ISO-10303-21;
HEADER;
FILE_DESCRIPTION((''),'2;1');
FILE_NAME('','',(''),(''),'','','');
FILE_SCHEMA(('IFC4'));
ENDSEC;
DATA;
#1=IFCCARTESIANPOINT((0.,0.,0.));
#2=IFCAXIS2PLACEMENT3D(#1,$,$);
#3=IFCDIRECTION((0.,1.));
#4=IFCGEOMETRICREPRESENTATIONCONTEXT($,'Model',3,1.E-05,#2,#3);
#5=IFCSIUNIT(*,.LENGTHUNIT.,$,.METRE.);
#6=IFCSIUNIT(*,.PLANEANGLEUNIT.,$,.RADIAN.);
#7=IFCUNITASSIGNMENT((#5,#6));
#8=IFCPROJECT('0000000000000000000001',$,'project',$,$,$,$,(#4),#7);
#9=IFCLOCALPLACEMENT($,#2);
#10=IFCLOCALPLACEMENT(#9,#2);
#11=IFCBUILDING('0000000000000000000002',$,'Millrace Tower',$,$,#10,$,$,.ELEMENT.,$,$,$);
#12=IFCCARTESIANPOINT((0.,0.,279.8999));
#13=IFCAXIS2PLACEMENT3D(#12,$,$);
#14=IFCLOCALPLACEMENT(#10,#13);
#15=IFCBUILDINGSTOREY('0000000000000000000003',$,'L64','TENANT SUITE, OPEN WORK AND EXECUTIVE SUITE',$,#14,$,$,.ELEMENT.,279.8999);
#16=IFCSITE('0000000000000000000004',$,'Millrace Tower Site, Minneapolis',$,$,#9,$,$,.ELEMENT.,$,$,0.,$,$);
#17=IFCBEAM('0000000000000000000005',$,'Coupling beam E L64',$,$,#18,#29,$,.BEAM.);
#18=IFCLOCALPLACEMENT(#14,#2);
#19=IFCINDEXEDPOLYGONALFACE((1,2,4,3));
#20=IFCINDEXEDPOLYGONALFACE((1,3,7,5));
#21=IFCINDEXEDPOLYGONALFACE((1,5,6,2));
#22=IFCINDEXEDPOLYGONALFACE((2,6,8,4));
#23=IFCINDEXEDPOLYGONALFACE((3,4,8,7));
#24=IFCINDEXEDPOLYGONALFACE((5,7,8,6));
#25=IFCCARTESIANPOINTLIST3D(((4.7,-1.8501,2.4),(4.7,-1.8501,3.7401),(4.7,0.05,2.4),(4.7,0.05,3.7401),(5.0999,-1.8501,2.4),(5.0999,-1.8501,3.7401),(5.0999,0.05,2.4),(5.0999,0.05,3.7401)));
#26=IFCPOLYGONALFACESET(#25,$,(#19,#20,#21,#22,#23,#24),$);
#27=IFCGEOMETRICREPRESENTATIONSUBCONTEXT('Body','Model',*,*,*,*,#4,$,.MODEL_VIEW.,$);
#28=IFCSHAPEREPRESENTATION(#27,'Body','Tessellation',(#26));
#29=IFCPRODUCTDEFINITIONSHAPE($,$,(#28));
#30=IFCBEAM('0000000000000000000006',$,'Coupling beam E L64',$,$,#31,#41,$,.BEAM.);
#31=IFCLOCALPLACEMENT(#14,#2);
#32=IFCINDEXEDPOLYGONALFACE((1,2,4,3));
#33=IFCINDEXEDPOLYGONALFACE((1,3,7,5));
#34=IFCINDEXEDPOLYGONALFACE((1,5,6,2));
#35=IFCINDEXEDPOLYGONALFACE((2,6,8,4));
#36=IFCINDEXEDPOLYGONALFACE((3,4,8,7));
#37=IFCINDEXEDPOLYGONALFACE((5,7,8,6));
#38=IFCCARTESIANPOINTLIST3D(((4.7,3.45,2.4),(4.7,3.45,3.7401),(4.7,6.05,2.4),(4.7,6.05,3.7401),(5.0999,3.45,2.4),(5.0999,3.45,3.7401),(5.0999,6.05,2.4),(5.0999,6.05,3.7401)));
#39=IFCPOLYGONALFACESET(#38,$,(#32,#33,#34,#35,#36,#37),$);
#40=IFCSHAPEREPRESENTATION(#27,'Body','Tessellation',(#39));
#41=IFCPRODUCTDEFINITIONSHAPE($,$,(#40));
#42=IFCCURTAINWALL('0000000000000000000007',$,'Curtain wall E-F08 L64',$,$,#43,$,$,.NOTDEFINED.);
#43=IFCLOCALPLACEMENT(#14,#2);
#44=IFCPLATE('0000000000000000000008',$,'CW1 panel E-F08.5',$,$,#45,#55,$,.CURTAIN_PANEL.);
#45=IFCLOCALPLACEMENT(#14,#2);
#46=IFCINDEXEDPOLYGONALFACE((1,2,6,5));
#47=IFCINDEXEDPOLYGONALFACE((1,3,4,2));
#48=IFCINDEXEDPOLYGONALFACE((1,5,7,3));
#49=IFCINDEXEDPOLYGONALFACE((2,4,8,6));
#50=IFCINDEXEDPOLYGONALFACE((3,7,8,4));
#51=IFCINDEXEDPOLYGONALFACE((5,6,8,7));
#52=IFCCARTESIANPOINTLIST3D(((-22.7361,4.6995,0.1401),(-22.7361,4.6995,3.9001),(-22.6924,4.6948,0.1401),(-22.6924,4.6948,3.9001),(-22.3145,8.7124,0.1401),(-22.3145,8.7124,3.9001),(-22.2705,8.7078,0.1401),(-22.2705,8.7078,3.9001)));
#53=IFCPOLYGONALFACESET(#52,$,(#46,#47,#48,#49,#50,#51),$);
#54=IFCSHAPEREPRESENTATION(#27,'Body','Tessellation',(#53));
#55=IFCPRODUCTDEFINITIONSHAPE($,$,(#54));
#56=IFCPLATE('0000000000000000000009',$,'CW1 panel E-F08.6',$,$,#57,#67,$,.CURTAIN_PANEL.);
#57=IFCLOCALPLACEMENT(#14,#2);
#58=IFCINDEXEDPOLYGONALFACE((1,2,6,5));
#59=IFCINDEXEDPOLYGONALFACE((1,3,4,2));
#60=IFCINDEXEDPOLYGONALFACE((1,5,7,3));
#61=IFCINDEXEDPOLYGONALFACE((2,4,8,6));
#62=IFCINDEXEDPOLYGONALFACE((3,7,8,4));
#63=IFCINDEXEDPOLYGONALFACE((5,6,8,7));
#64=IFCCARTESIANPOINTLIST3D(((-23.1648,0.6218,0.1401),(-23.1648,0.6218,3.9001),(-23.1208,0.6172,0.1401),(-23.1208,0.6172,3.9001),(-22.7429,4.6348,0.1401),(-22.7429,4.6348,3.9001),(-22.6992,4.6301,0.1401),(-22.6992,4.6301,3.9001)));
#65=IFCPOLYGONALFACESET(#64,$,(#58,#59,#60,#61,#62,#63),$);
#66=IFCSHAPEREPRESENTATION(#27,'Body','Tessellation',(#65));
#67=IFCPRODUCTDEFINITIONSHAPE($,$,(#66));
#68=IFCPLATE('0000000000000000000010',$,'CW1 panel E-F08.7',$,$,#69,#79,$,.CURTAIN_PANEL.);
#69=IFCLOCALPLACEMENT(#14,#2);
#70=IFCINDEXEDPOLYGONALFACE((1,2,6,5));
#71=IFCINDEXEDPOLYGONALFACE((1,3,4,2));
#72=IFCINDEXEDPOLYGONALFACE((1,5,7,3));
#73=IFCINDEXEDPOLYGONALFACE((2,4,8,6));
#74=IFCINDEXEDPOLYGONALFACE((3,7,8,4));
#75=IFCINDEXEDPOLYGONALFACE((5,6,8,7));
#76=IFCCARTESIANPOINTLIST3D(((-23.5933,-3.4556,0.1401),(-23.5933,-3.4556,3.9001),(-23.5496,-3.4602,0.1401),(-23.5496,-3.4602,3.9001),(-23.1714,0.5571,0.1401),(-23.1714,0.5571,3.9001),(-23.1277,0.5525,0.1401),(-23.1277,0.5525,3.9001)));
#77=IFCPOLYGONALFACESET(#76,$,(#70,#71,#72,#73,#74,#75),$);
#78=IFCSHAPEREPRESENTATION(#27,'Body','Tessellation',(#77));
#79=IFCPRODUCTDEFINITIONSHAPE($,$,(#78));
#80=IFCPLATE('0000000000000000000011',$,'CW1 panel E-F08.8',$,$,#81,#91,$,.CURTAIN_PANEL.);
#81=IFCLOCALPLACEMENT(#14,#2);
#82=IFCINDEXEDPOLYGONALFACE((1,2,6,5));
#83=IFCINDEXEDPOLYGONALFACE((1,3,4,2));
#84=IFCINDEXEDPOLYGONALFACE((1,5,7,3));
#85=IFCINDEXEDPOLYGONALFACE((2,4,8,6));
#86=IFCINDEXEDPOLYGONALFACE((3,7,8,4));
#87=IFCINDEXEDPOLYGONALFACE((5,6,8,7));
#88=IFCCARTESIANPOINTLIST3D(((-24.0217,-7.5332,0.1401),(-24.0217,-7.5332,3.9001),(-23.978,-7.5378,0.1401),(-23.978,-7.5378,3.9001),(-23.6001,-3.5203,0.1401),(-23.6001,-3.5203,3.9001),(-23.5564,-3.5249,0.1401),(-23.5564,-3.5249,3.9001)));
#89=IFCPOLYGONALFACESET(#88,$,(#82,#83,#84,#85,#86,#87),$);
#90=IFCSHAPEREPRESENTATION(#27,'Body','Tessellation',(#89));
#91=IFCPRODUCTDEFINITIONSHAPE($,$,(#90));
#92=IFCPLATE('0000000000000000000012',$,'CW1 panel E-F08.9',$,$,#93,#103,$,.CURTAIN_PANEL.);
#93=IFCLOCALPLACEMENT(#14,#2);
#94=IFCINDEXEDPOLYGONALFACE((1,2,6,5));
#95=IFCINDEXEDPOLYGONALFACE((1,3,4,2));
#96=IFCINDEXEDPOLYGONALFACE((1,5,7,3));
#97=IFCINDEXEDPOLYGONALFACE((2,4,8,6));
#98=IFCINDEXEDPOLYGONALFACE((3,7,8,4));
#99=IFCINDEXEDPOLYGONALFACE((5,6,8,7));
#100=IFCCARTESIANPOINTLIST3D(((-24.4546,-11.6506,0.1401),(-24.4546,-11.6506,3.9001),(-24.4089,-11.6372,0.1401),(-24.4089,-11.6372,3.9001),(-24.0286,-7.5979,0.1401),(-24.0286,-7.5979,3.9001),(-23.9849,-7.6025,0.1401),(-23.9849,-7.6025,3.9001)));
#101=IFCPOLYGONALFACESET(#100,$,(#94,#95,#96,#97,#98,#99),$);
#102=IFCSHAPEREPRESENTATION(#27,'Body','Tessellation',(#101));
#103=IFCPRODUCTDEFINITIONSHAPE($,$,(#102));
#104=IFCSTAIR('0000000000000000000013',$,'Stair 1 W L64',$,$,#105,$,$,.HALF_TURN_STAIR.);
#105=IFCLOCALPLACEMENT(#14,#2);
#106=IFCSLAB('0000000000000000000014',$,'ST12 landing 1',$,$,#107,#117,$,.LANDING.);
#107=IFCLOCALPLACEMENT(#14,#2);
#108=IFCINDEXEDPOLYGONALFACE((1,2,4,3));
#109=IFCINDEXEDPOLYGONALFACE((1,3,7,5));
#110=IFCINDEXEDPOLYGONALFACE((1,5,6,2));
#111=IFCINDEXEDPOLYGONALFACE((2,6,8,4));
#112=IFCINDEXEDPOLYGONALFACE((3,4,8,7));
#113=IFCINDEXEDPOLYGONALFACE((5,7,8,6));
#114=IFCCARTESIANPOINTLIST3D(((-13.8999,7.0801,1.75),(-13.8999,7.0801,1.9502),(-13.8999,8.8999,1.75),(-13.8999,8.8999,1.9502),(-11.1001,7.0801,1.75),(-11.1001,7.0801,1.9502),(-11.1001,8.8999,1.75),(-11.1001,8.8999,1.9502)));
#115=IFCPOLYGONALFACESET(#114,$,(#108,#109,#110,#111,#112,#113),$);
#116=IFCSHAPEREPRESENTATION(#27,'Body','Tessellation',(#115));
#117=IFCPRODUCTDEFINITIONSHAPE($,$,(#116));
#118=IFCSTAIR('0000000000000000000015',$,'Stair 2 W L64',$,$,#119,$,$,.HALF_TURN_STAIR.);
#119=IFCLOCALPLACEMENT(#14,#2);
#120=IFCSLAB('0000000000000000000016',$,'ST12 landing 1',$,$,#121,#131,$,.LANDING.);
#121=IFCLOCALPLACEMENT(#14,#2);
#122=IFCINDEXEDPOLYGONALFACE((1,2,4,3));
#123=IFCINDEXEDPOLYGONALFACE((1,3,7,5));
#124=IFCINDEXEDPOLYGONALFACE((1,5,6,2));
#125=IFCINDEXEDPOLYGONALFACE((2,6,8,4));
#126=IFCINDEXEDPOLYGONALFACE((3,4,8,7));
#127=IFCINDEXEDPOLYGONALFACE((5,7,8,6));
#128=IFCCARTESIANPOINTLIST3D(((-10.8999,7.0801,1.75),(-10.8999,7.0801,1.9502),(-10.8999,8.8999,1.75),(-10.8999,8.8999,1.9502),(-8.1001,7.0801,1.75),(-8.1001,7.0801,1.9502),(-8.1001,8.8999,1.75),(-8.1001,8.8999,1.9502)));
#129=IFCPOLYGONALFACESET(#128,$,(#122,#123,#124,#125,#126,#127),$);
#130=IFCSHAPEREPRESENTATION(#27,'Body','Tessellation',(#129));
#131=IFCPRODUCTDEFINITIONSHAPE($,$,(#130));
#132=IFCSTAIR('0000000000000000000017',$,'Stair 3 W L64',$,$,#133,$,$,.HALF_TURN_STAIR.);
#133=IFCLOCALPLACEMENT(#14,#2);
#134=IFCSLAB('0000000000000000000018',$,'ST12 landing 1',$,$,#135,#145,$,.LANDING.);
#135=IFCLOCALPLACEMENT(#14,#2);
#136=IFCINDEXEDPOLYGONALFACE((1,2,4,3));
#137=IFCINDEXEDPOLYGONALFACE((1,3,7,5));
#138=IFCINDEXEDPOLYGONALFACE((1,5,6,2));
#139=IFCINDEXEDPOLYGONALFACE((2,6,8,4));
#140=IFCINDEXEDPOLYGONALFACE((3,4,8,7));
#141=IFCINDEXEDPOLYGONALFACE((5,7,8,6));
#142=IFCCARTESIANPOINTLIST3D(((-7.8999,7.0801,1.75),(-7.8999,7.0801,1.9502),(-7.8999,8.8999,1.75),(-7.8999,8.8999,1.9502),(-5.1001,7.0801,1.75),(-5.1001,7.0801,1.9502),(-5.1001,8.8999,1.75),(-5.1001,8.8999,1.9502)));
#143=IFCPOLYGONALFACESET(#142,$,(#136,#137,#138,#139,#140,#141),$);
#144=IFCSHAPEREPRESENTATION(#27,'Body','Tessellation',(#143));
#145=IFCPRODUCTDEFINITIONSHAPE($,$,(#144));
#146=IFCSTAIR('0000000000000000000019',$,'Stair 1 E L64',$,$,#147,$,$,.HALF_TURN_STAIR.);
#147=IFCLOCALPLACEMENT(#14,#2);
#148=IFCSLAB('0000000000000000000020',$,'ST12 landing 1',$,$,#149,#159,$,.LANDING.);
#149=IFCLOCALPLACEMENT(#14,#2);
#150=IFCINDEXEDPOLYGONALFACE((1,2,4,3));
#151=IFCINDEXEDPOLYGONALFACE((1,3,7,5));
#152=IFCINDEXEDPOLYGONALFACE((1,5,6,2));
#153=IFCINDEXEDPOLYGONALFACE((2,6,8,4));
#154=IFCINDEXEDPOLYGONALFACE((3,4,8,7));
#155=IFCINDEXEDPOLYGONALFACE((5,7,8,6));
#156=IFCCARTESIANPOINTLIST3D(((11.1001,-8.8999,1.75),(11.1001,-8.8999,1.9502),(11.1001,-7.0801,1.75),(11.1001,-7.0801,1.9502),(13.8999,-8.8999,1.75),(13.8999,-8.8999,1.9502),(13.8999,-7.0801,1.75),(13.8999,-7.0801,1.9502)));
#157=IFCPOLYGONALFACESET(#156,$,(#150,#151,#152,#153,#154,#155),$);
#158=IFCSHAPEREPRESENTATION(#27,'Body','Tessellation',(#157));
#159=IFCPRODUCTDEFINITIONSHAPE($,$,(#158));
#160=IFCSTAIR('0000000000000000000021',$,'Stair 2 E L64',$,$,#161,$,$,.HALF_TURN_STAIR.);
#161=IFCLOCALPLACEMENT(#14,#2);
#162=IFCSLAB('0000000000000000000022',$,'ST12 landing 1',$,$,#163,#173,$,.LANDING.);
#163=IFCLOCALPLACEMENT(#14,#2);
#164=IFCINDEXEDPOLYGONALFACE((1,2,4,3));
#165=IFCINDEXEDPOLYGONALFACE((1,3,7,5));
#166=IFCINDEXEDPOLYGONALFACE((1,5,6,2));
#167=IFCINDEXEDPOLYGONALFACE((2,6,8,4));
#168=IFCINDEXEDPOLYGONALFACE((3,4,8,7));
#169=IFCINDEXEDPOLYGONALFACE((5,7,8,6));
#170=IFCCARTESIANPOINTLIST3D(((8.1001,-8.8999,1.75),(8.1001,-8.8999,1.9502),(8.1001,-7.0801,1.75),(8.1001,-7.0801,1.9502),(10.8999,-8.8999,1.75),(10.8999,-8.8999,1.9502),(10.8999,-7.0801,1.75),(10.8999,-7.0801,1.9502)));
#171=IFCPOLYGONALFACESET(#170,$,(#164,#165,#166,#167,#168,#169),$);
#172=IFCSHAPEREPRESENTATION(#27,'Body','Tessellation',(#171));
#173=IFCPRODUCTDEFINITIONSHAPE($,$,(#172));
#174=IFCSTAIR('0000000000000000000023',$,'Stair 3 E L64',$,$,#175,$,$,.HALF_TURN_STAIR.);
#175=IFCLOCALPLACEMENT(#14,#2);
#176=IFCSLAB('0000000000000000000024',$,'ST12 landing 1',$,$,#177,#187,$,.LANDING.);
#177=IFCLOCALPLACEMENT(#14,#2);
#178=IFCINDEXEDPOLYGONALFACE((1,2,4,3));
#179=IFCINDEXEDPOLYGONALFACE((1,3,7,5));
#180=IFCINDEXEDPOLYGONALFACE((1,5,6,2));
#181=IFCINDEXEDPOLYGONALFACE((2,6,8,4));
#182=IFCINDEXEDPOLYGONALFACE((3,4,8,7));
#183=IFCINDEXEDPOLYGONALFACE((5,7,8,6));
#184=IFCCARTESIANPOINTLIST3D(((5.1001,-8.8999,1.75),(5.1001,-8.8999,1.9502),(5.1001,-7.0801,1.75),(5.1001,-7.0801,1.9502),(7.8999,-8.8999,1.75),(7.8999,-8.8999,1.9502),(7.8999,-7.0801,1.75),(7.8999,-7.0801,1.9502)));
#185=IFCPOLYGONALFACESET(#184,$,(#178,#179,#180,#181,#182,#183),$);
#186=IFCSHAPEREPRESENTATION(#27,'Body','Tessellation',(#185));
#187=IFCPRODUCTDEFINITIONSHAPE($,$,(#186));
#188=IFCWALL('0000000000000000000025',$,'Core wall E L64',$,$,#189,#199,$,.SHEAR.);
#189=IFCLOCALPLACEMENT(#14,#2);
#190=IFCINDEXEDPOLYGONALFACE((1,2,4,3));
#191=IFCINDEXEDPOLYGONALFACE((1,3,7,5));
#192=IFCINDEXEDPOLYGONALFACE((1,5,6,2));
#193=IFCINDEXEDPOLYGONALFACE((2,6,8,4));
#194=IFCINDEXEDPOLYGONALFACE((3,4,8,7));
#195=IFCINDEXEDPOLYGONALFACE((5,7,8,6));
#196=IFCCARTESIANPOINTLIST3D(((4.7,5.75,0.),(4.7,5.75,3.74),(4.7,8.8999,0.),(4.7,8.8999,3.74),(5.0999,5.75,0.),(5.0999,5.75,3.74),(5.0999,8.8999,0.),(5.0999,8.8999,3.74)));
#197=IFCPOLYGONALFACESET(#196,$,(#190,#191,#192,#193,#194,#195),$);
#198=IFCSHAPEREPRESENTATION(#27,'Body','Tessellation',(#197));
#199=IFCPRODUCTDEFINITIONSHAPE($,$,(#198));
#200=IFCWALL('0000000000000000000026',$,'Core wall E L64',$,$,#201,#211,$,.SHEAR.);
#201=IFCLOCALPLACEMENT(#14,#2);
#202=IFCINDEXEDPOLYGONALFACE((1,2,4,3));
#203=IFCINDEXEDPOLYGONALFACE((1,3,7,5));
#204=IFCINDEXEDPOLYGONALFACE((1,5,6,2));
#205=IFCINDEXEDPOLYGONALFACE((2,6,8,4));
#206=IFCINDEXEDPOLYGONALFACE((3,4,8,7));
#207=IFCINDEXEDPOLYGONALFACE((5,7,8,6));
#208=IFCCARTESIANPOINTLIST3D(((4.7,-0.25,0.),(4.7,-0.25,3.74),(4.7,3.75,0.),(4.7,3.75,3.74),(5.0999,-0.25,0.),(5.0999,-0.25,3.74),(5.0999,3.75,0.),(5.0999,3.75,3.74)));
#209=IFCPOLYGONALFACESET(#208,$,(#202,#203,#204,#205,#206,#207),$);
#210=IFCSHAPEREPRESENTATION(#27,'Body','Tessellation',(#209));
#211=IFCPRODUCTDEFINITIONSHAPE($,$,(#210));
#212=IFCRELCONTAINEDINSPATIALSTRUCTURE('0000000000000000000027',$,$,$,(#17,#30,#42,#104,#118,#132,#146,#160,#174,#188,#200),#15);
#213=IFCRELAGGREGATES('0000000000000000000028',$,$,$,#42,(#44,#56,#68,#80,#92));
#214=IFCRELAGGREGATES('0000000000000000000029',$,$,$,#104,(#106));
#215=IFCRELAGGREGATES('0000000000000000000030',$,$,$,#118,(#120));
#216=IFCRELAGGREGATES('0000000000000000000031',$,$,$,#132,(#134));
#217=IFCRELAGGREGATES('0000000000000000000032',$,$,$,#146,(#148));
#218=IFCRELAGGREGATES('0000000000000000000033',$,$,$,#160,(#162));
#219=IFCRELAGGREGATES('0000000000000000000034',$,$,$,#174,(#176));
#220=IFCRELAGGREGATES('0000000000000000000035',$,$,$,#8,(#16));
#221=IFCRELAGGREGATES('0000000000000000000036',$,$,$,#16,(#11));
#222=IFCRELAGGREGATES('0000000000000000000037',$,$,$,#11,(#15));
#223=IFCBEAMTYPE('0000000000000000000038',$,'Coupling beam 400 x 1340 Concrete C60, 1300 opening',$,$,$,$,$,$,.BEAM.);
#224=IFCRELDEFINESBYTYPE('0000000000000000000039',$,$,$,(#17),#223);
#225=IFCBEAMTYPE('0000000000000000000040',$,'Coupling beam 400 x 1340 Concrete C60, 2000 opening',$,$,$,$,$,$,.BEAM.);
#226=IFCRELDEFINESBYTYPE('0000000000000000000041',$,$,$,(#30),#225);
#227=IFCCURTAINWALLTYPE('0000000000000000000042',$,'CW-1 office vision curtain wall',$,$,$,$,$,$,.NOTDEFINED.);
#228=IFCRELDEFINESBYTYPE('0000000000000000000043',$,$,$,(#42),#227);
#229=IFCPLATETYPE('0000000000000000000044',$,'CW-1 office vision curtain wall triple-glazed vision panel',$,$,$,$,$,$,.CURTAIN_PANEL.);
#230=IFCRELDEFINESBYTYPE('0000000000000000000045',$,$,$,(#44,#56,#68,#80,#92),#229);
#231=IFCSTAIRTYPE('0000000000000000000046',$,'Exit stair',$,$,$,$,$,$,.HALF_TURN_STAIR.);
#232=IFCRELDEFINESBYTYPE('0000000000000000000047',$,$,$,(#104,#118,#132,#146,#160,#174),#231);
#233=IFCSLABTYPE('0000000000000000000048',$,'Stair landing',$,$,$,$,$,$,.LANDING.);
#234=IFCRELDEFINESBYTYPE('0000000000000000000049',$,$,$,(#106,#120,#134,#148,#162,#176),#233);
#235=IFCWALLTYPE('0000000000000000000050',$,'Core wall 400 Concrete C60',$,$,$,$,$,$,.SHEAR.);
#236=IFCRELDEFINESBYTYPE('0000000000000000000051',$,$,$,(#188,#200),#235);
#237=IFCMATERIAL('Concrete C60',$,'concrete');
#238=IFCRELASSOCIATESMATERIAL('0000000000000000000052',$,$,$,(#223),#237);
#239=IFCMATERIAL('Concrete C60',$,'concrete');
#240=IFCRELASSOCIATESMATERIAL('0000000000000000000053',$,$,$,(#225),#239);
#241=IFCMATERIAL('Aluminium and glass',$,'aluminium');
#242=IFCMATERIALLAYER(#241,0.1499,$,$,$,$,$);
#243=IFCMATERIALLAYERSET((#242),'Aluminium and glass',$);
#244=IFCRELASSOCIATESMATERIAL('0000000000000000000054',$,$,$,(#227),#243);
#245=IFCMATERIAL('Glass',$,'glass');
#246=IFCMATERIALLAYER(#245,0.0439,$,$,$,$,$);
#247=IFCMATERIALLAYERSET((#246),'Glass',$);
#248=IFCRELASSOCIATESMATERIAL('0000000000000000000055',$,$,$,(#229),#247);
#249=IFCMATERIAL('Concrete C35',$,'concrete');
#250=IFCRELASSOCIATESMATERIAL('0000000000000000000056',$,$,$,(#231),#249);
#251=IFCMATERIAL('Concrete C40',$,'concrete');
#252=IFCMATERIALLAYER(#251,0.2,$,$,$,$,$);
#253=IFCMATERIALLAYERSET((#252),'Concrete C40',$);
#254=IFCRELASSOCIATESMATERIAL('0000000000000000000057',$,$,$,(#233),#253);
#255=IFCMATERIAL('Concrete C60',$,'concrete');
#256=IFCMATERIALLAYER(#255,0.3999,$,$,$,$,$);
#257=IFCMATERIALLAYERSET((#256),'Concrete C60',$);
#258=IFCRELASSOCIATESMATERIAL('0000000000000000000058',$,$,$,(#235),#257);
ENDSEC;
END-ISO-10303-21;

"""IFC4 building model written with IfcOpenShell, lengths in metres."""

from ifc_helpers import new_model, si_unit, direction, frame, frame_2d, origin, origin_2d, place, context, subcontext, project, spatial, polyline, rectangle, outline, extrude, material, layer, layer_set, material_profile, profile_set, type_object, element, aggregate, save


model = new_model("IFC4")

# Units and contexts
model_context = context("Model", 3, precision=1e-05, world=origin(), true_north=direction((0.0, 1.0)))
body_context = subcontext(model_context, "Body", "Model", "MODEL_VIEW")
ifc_project = project(units=[si_unit("LENGTHUNIT", "METRE"), si_unit("PLANEANGLEUNIT", "RADIAN")], contexts=[model_context])

# Site, building, storey
site_placement = place(None, origin())
site = spatial("IfcSite", under=ifc_project, at=site_placement, Name="Millrace Tower Site, Minneapolis", CompositionType="ELEMENT", RefElevation=0.0)
building_placement = place(site_placement, origin())
building = spatial("IfcBuilding", under=site, at=building_placement, Name="Millrace Tower", CompositionType="ELEMENT")
storey_placement = place(building_placement, frame((0.0, 0.0, 279.8999)))
storey = spatial("IfcBuildingStorey", under=building, at=storey_placement, Name="L64", Description="TENANT SUITE, OPEN WORK AND EXECUTIVE SUITE", CompositionType="ELEMENT", Elevation=279.8999)

# Beams
ifc_material_1 = material(Name="Concrete C60", Category="concrete")
ifc_material_profile_1 = material_profile(ifc_material_1, rectangle(XDim=0.3999, YDim=1.3401, at=origin_2d()))
ifc_profile_set_1 = profile_set([ifc_material_profile_1], Name="Concrete C60")
beam_type_1 = type_object("IfcBeamType", Name="Coupling beam 400 x 1340 Concrete C60, 1300 opening", PredefinedType="BEAM", material=ifc_profile_set_1)
beam_1_placement = place(storey_placement, frame((4.8999, 0.05, 3.0701), z_axis=(0.0, -1.0, 0.0), x_axis=(1.0, 0.0, 0.0)))
element("IfcBeam", 1, at=beam_1_placement, inside=storey, type_object=beam_type_1, Name="Coupling beam E L64", PredefinedType="BEAM", context=body_context, shape_type="SweptSolid", body=[
    extrude(rectangle(XDim=0.3999, YDim=1.3401, at=origin_2d()), origin(), (0.0, 0.0, 1.0), 1.9001),
])
ifc_material_2 = material(Name="Concrete C60", Category="concrete")
ifc_material_profile_2 = material_profile(ifc_material_2, rectangle(XDim=0.3999, YDim=1.3401, at=origin_2d()))
ifc_profile_set_2 = profile_set([ifc_material_profile_2], Name="Concrete C60")
beam_type_2 = type_object("IfcBeamType", Name="Coupling beam 400 x 1340 Concrete C60, 2000 opening", PredefinedType="BEAM", material=ifc_profile_set_2)
beam_2_placement = place(storey_placement, frame((4.8999, 6.05, 3.0701), z_axis=(0.0, -1.0, 0.0), x_axis=(1.0, 0.0, 0.0)))
element("IfcBeam", 2, at=beam_2_placement, inside=storey, type_object=beam_type_2, Name="Coupling beam E L64", PredefinedType="BEAM", context=body_context, shape_type="SweptSolid", body=[
    extrude(rectangle(XDim=0.3999, YDim=1.3401, at=origin_2d()), origin(), (0.0, 0.0, 1.0), 2.6001),
])

# Curtain wall, plates
ifc_material_3 = material(Name="Aluminium and glass", Category="aluminium")
ifc_layer_1 = layer(ifc_material_3, 0.1499)
ifc_layer_set_1 = layer_set([ifc_layer_1], Name="Aluminium and glass")
curtain_wall_type = type_object("IfcCurtainWallType", Name="CW-1 office vision curtain wall", PredefinedType="NOTDEFINED", material=ifc_layer_set_1)
placement_1 = place(storey_placement, origin())
curtain_wall = element("IfcCurtainWall", 3, at=placement_1, inside=storey, type_object=curtain_wall_type, Name="Curtain wall E-F08 L64", PredefinedType="NOTDEFINED")
ifc_material_4 = material(Name="Glass", Category="glass")
ifc_layer_2 = layer(ifc_material_4, 0.0439)
ifc_layer_set_2 = layer_set([ifc_layer_2], Name="Glass")
plate_type = type_object("IfcPlateType", Name="CW-1 office vision curtain wall triple-glazed vision panel", PredefinedType="CURTAIN_PANEL", material=ifc_layer_set_2)
placement_2 = place(storey_placement, frame((0.0, 0.0, 0.1401)))
plate_1 = element("IfcPlate", 4, at=placement_2, type_object=plate_type, Name="CW1 panel E-F08.5", PredefinedType="CURTAIN_PANEL", context=body_context, shape_type="SweptSolid", body=[
    extrude(outline(polyline([(-22.3145, 8.7124), (-22.7361, 4.6995), (-22.6924, 4.6948), (-22.2705, 8.7078), (-22.3145, 8.7124)])), origin(), (0.0, 0.0, 1.0), 3.76),
])
plate_2 = element("IfcPlate", 5, at=placement_2, type_object=plate_type, Name="CW1 panel E-F08.6", PredefinedType="CURTAIN_PANEL", context=body_context, shape_type="SweptSolid", body=[
    extrude(outline(polyline([(-22.7429, 4.6348), (-23.1648, 0.6218), (-23.1208, 0.6172), (-22.6992, 4.6301), (-22.7429, 4.6348)])), origin(), (0.0, 0.0, 1.0), 3.76),
])
plate_3 = element("IfcPlate", 6, at=placement_2, type_object=plate_type, Name="CW1 panel E-F08.7", PredefinedType="CURTAIN_PANEL", context=body_context, shape_type="SweptSolid", body=[
    extrude(outline(polyline([(-23.1714, 0.5571), (-23.5933, -3.4556), (-23.5496, -3.4602), (-23.1277, 0.5525), (-23.1714, 0.5571)])), origin(), (0.0, 0.0, 1.0), 3.76),
])
plate_4 = element("IfcPlate", 7, at=placement_2, type_object=plate_type, Name="CW1 panel E-F08.8", PredefinedType="CURTAIN_PANEL", context=body_context, shape_type="SweptSolid", body=[
    extrude(outline(polyline([(-23.6001, -3.5203), (-24.0217, -7.5332), (-23.978, -7.5378), (-23.5564, -3.5249), (-23.6001, -3.5203)])), origin(), (0.0, 0.0, 1.0), 3.76),
])
plate_5 = element("IfcPlate", 8, at=placement_2, type_object=plate_type, Name="CW1 panel E-F08.9", PredefinedType="CURTAIN_PANEL", context=body_context, shape_type="SweptSolid", body=[
    extrude(outline(polyline([(-24.0286, -7.5979), (-24.4546, -11.6506), (-24.4089, -11.6372), (-23.9849, -7.6025), (-24.0286, -7.5979)])), origin(), (0.0, 0.0, 1.0), 3.76),
])
aggregate(curtain_wall, [plate_1, plate_2, plate_3, plate_4, plate_5])

# Stairs, slabs
ifc_material_5 = material(Name="Concrete C35", Category="concrete")
stair_type = type_object("IfcStairType", Name="Exit stair", PredefinedType="HALF_TURN_STAIR", material=ifc_material_5)
stair_1 = element("IfcStair", 9, at=placement_1, inside=storey, type_object=stair_type, Name="Stair 1 W L64", PredefinedType="HALF_TURN_STAIR")
ifc_material_6 = material(Name="Concrete C40", Category="concrete")
ifc_layer_3 = layer(ifc_material_6, 0.2)
ifc_layer_set_3 = layer_set([ifc_layer_3], Name="Concrete C40")
slab_type = type_object("IfcSlabType", Name="Stair landing", PredefinedType="LANDING", material=ifc_layer_set_3)
placement_3 = place(storey_placement, frame((0.0, 0.0, 1.75)))
slab_1 = element("IfcSlab", 10, at=placement_3, type_object=slab_type, Name="ST12 landing 1", PredefinedType="LANDING", context=body_context, shape_type="SweptSolid", body=[
    extrude(outline(polyline([(-13.8999, 7.0801), (-11.1001, 7.0801), (-11.1001, 8.8999), (-13.8999, 8.8999), (-13.8999, 7.0801)])), origin(), (0.0, 0.0, 1.0), 0.2002),
])
aggregate(stair_1, [slab_1])
stair_2 = element("IfcStair", 11, at=placement_1, inside=storey, type_object=stair_type, Name="Stair 2 W L64", PredefinedType="HALF_TURN_STAIR")
slab_2 = element("IfcSlab", 12, at=placement_3, type_object=slab_type, Name="ST12 landing 1", PredefinedType="LANDING", context=body_context, shape_type="SweptSolid", body=[
    extrude(outline(polyline([(-10.8999, 7.0801), (-8.1001, 7.0801), (-8.1001, 8.8999), (-10.8999, 8.8999), (-10.8999, 7.0801)])), origin(), (0.0, 0.0, 1.0), 0.2002),
])
aggregate(stair_2, [slab_2])
stair_3 = element("IfcStair", 13, at=placement_1, inside=storey, type_object=stair_type, Name="Stair 3 W L64", PredefinedType="HALF_TURN_STAIR")
slab_3 = element("IfcSlab", 14, at=placement_3, type_object=slab_type, Name="ST12 landing 1", PredefinedType="LANDING", context=body_context, shape_type="SweptSolid", body=[
    extrude(outline(polyline([(-7.8999, 7.0801), (-5.1001, 7.0801), (-5.1001, 8.8999), (-7.8999, 8.8999), (-7.8999, 7.0801)])), origin(), (0.0, 0.0, 1.0), 0.2002),
])
aggregate(stair_3, [slab_3])
stair_4 = element("IfcStair", 15, at=placement_1, inside=storey, type_object=stair_type, Name="Stair 1 E L64", PredefinedType="HALF_TURN_STAIR")
slab_4 = element("IfcSlab", 16, at=placement_3, type_object=slab_type, Name="ST12 landing 1", PredefinedType="LANDING", context=body_context, shape_type="SweptSolid", body=[
    extrude(outline(polyline([(11.1001, -8.8999), (13.8999, -8.8999), (13.8999, -7.0801), (11.1001, -7.0801), (11.1001, -8.8999)])), origin(), (0.0, 0.0, 1.0), 0.2002),
])
aggregate(stair_4, [slab_4])
stair_5 = element("IfcStair", 17, at=placement_1, inside=storey, type_object=stair_type, Name="Stair 2 E L64", PredefinedType="HALF_TURN_STAIR")
slab_5 = element("IfcSlab", 18, at=placement_3, type_object=slab_type, Name="ST12 landing 1", PredefinedType="LANDING", context=body_context, shape_type="SweptSolid", body=[
    extrude(outline(polyline([(8.1001, -8.8999), (10.8999, -8.8999), (10.8999, -7.0801), (8.1001, -7.0801), (8.1001, -8.8999)])), origin(), (0.0, 0.0, 1.0), 0.2002),
])
aggregate(stair_5, [slab_5])
stair_6 = element("IfcStair", 19, at=placement_1, inside=storey, type_object=stair_type, Name="Stair 3 E L64", PredefinedType="HALF_TURN_STAIR")
slab_6 = element("IfcSlab", 20, at=placement_3, type_object=slab_type, Name="ST12 landing 1", PredefinedType="LANDING", context=body_context, shape_type="SweptSolid", body=[
    extrude(outline(polyline([(5.1001, -8.8999), (7.8999, -8.8999), (7.8999, -7.0801), (5.1001, -7.0801), (5.1001, -8.8999)])), origin(), (0.0, 0.0, 1.0), 0.2002),
])
aggregate(stair_6, [slab_6])

# Walls
ifc_material_7 = material(Name="Concrete C60", Category="concrete")
ifc_layer_4 = layer(ifc_material_7, 0.3999)
ifc_layer_set_4 = layer_set([ifc_layer_4], Name="Concrete C60")
wall_type_1 = type_object("IfcWallType", Name="Core wall 400 Concrete C60", PredefinedType="SHEAR", material=ifc_layer_set_4)
wall_1_placement = place(storey_placement, frame((4.8999, 8.8999, 0.0), z_axis=(0.0, 0.0, 1.0), x_axis=(0.0, -1.0, 0.0)))
element("IfcWall", 21, at=wall_1_placement, inside=storey, type_object=wall_type_1, Name="Core wall E L64", PredefinedType="SHEAR", context=body_context, shape_type="SweptSolid", body=[
    extrude(rectangle(XDim=3.1499, YDim=0.3999, at=frame_2d((1.575, 0.0))), origin(), (0.0, 0.0, 1.0), 3.74),
])
wall_2_placement = place(storey_placement, frame((4.8999, 3.75, 0.0), z_axis=(0.0, 0.0, 1.0), x_axis=(0.0, -1.0, 0.0)))
element("IfcWall", 22, at=wall_2_placement, inside=storey, type_object=wall_type_1, Name="Core wall E L64", PredefinedType="SHEAR", context=body_context, shape_type="SweptSolid", body=[
    extrude(rectangle(XDim=4.0, YDim=0.3999, at=frame_2d((2.0, 0.0))), origin(), (0.0, 0.0, 1.0), 3.74),
])

save(model, "model.ifc")
